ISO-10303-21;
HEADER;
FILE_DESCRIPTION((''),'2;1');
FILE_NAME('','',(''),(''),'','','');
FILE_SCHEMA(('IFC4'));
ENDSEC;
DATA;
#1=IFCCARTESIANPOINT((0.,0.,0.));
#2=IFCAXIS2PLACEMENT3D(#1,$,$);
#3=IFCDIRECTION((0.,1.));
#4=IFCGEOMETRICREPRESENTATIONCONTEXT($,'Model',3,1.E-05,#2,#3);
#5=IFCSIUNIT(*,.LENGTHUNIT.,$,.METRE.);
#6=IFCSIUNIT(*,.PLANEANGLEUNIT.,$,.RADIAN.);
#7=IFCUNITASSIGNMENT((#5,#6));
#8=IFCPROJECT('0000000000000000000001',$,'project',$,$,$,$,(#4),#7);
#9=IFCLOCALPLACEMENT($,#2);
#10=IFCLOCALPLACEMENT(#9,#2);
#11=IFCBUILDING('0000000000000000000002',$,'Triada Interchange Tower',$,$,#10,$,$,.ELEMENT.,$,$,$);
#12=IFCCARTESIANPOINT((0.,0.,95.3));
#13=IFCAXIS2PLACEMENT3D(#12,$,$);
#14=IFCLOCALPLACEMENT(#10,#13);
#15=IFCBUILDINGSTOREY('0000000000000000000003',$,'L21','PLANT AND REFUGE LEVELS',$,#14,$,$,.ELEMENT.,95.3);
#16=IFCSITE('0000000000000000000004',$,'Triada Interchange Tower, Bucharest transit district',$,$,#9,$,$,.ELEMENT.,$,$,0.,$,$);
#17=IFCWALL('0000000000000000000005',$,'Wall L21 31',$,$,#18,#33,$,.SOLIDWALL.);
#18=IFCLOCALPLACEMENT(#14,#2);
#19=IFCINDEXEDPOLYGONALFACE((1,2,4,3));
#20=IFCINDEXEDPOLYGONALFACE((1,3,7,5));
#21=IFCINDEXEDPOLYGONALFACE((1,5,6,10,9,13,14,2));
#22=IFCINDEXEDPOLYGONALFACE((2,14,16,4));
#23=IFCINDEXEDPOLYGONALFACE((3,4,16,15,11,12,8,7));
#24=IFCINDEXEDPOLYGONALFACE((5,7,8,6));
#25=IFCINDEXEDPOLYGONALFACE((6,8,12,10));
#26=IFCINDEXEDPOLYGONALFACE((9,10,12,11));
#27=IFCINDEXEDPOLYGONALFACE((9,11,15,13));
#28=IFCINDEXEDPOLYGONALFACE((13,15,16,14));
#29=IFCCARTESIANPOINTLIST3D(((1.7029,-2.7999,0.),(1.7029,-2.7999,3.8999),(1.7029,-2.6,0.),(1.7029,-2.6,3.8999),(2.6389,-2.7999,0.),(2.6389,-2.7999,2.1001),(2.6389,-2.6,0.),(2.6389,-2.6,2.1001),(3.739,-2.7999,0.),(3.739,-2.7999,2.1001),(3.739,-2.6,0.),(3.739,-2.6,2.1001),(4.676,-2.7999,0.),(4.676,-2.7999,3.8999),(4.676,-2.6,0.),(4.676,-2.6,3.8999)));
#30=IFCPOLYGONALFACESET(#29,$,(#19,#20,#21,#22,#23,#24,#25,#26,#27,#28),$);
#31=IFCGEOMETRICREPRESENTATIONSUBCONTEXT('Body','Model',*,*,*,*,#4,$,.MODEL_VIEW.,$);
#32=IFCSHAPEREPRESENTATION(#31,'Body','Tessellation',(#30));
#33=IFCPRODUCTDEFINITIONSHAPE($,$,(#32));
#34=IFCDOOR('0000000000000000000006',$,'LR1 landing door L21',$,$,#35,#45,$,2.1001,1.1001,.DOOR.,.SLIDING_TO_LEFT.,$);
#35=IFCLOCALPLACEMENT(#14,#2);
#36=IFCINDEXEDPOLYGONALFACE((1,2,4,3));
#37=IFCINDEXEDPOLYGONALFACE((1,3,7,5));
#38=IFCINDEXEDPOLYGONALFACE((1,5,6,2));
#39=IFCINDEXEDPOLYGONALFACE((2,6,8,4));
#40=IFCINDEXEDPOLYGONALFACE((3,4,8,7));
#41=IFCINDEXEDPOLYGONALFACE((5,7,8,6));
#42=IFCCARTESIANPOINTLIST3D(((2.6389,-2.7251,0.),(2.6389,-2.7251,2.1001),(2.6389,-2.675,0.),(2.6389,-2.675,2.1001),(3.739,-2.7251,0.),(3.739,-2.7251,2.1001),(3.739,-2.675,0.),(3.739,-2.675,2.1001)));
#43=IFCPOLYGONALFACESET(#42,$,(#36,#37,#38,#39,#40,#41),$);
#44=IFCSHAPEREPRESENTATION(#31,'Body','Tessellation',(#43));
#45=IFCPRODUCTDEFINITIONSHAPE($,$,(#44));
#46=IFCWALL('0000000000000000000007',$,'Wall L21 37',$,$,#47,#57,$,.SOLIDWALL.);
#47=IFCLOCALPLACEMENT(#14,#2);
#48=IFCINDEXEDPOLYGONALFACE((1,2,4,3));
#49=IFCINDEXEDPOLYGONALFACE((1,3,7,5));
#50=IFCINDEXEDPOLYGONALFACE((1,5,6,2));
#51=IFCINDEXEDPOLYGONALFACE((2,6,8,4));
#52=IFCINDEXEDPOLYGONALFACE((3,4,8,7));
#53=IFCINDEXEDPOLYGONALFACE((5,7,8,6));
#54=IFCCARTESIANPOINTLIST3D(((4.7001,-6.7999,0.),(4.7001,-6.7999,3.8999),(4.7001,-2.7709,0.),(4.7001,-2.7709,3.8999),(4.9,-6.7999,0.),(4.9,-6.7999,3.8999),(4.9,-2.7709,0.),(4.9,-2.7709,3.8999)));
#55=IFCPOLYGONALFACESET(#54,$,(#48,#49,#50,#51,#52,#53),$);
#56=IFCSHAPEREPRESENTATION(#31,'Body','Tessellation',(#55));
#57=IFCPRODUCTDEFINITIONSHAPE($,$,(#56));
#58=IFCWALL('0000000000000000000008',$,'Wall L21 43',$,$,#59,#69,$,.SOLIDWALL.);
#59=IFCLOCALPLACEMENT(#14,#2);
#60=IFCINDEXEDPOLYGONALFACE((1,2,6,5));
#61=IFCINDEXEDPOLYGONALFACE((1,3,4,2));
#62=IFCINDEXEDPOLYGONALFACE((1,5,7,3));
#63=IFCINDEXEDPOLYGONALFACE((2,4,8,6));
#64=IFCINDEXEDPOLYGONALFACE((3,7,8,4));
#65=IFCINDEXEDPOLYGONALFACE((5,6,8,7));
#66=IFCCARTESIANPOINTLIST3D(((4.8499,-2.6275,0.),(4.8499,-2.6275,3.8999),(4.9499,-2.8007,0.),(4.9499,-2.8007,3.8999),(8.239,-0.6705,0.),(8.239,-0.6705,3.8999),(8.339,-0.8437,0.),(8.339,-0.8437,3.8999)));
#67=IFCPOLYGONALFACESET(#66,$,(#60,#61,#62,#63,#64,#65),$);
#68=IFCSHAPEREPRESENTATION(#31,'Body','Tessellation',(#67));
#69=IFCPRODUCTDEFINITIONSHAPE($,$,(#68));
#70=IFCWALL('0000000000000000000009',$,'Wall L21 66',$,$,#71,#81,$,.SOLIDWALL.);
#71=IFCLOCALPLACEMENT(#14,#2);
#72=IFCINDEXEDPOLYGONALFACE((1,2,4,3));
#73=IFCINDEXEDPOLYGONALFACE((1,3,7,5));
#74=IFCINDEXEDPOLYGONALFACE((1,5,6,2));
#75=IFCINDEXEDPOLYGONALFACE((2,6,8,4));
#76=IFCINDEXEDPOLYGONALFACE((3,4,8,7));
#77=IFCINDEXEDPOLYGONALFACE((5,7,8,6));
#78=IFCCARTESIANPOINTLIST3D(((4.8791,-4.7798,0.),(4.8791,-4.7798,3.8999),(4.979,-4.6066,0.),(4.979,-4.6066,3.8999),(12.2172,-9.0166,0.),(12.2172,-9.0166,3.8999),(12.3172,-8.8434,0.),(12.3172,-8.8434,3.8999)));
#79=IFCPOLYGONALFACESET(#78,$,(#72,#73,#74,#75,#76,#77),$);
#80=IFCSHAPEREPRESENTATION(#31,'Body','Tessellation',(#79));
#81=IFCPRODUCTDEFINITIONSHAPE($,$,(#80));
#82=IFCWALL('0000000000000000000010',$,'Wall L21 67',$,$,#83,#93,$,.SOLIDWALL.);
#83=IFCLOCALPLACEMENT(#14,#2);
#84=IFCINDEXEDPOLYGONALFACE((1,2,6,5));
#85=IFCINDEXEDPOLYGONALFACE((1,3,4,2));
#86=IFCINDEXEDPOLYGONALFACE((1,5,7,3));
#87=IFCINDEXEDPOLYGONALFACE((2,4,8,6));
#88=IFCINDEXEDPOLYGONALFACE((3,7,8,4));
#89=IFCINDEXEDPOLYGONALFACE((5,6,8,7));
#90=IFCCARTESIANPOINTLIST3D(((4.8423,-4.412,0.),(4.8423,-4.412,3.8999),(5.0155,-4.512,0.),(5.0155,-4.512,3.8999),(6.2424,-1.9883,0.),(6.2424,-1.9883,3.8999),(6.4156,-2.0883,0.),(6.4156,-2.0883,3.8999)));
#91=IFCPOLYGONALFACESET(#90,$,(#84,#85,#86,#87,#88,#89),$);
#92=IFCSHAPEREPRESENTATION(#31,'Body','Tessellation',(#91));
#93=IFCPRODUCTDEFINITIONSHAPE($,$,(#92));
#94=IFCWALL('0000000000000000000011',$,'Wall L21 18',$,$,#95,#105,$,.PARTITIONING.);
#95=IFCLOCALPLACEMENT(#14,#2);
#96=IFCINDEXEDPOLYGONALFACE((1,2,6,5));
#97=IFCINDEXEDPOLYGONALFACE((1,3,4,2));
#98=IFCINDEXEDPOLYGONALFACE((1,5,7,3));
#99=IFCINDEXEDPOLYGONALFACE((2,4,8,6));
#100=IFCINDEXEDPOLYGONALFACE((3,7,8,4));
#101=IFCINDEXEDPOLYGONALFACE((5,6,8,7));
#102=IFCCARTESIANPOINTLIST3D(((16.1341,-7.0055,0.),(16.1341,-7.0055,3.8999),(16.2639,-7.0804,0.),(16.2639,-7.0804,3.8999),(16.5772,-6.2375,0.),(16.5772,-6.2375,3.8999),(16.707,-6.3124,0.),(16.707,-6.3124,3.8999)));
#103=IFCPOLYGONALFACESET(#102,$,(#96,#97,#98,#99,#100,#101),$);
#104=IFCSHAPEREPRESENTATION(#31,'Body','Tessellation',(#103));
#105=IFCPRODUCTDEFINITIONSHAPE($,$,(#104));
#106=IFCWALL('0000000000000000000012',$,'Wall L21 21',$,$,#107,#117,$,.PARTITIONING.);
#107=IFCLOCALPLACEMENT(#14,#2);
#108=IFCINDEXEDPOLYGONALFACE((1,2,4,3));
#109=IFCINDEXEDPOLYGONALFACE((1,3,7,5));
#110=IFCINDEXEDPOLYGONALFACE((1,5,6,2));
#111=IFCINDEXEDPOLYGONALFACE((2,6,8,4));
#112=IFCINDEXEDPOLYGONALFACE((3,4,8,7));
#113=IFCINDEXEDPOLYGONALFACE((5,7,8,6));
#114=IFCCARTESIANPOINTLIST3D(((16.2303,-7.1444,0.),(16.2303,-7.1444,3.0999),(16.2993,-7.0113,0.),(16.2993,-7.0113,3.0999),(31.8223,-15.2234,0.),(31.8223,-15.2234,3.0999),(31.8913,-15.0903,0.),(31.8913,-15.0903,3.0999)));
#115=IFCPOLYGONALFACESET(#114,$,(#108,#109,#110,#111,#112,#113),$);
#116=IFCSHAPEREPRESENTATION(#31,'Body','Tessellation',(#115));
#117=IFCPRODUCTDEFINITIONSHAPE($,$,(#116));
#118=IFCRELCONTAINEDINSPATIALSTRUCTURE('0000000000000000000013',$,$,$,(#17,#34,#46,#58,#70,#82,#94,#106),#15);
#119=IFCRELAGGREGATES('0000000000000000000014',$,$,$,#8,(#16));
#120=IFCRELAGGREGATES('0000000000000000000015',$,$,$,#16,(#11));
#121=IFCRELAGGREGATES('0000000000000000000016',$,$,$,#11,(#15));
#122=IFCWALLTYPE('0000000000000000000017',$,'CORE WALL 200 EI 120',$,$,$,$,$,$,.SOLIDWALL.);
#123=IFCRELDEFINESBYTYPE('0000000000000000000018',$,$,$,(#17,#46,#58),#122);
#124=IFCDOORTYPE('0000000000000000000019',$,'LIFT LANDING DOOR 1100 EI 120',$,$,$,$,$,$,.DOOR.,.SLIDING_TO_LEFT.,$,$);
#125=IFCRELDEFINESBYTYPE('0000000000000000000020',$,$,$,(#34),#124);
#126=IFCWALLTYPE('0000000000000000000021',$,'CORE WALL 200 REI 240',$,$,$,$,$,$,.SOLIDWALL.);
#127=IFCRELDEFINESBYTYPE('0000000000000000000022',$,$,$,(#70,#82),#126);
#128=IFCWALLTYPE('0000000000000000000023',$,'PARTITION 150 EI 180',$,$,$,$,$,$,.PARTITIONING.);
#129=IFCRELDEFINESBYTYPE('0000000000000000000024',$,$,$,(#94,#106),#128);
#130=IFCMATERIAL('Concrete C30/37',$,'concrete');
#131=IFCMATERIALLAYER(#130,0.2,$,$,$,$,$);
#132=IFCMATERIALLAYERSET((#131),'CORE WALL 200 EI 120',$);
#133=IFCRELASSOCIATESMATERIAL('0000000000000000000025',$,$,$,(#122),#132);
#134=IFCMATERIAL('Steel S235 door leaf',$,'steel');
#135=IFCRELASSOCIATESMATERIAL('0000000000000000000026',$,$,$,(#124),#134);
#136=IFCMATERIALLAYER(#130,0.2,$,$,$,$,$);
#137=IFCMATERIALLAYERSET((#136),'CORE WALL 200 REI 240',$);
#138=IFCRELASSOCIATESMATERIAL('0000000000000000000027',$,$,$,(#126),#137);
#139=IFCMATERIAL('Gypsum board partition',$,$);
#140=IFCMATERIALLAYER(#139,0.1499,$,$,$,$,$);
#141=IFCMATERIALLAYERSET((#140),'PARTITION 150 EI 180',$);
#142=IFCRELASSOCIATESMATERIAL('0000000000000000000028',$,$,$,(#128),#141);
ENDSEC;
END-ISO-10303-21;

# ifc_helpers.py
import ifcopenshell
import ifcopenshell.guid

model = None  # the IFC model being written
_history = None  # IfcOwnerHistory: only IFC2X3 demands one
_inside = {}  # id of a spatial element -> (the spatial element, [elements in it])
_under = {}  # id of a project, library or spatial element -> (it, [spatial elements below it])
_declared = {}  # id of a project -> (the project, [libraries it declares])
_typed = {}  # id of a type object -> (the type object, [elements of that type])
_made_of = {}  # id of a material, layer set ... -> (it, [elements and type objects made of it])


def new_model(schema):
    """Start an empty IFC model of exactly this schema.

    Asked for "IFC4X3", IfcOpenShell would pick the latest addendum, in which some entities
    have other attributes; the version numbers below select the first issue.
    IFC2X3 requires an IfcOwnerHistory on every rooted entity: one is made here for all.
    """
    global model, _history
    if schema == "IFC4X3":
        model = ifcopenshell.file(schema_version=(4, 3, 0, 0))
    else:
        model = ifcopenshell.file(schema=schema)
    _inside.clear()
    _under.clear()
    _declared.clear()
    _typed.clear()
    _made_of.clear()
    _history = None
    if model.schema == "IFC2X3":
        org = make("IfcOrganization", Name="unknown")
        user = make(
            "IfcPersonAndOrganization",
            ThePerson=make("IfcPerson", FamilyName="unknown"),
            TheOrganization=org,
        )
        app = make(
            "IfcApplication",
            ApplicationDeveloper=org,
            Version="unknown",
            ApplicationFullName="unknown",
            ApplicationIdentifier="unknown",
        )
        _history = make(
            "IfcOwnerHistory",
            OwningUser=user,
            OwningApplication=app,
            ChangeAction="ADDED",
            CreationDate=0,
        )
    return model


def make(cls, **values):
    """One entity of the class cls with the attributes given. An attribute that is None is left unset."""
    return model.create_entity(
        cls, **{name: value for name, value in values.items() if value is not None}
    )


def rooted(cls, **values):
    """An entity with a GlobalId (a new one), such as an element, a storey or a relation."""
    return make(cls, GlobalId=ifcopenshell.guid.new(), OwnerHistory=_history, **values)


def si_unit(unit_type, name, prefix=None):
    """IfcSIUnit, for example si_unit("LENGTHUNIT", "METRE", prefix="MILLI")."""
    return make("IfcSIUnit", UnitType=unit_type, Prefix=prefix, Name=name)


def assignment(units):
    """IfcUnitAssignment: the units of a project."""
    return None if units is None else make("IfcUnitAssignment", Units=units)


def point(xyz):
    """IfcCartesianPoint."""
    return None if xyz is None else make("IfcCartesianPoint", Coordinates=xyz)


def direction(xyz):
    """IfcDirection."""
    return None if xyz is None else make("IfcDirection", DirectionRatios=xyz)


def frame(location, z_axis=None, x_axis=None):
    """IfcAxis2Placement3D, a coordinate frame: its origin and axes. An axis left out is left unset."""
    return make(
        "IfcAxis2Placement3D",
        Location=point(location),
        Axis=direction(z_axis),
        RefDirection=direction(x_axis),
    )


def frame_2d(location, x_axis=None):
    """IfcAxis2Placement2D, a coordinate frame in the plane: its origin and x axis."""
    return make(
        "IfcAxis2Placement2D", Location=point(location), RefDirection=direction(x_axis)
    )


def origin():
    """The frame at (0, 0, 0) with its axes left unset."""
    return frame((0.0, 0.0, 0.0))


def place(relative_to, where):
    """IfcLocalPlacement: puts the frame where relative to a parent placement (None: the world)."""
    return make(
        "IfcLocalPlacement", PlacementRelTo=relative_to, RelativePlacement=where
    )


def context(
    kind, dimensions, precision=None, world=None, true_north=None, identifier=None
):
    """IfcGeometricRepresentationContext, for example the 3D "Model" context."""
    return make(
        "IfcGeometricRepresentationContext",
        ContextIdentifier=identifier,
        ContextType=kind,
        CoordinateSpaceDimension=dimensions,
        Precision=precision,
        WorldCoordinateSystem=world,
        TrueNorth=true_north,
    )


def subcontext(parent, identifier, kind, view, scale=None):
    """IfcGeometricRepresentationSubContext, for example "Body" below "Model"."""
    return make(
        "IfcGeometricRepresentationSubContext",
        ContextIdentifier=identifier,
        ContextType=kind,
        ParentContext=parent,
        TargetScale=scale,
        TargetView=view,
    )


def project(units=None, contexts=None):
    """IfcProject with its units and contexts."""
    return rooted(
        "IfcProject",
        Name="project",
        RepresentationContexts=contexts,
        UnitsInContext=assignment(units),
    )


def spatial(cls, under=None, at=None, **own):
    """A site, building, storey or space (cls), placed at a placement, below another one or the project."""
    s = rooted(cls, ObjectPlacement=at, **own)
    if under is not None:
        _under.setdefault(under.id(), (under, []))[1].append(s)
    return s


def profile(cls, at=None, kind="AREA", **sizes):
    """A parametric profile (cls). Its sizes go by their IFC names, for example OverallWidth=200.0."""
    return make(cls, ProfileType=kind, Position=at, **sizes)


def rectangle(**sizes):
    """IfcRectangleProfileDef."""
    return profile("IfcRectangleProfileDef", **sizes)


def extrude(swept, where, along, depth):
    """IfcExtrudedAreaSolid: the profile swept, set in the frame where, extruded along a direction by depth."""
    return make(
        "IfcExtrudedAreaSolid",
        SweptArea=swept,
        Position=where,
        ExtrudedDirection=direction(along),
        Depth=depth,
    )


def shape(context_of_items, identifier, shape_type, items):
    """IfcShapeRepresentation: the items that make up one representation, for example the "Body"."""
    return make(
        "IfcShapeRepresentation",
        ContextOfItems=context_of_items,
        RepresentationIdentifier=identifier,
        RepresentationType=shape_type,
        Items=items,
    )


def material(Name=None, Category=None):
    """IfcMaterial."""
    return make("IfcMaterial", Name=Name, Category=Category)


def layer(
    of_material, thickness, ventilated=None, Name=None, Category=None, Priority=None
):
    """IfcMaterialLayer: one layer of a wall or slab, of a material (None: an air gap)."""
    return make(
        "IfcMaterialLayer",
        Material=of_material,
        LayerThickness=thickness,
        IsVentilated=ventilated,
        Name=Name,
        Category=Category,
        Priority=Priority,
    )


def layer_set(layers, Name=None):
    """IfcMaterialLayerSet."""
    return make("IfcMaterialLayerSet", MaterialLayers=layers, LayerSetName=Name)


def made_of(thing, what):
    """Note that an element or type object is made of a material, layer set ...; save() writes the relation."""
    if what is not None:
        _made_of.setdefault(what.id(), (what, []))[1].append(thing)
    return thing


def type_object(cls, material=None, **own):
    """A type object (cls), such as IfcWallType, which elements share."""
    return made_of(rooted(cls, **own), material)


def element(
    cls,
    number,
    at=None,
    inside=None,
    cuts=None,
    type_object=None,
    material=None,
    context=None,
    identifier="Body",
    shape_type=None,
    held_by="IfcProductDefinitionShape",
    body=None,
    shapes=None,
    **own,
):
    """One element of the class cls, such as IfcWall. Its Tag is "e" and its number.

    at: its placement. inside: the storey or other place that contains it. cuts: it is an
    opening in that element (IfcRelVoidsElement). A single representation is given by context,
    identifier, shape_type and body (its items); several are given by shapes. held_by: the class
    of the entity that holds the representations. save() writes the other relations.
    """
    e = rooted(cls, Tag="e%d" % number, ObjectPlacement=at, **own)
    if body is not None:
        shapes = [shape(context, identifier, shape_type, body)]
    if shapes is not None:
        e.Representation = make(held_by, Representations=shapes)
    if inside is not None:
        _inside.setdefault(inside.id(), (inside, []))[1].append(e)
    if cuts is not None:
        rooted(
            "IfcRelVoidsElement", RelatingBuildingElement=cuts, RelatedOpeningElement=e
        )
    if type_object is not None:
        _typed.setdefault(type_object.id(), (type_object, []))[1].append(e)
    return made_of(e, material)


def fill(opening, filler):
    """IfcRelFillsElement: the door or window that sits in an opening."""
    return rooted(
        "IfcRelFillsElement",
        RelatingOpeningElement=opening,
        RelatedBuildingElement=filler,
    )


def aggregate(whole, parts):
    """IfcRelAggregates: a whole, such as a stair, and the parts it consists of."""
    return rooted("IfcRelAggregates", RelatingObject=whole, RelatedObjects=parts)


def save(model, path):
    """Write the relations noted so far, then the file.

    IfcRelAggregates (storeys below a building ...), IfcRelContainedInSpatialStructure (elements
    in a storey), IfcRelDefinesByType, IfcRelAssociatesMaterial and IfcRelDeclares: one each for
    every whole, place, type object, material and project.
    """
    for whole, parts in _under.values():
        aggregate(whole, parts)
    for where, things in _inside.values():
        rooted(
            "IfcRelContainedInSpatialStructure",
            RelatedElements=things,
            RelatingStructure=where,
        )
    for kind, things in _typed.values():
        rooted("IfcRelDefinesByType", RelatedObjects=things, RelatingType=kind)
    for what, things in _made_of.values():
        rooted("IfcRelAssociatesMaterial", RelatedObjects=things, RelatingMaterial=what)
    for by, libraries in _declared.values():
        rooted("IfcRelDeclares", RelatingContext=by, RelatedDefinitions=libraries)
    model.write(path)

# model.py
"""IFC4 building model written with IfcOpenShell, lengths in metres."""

from ifc_helpers import new_model, si_unit, direction, frame, frame_2d, origin, place, context, subcontext, project, spatial, rectangle, extrude, material, layer, layer_set, type_object, element, fill, save


model = new_model("IFC4")

# Units and contexts
model_context = context("Model", 3, precision=1e-05, world=origin(), true_north=direction((0.0, 1.0)))
body_context = subcontext(model_context, "Body", "Model", "MODEL_VIEW")
ifc_project = project(units=[si_unit("LENGTHUNIT", "METRE"), si_unit("PLANEANGLEUNIT", "RADIAN")], contexts=[model_context])

# Site, building, storey
site_placement = place(None, origin())
site = spatial("IfcSite", under=ifc_project, at=site_placement, Name="Triada Interchange Tower, Bucharest transit district", CompositionType="ELEMENT", RefElevation=0.0)
building_placement = place(site_placement, origin())
building = spatial("IfcBuilding", under=site, at=building_placement, Name="Triada Interchange Tower", CompositionType="ELEMENT")
storey_placement = place(building_placement, frame((0.0, 0.0, 95.3)))
storey = spatial("IfcBuildingStorey", under=building, at=storey_placement, Name="L21", Description="PLANT AND REFUGE LEVELS", CompositionType="ELEMENT", Elevation=95.3)

# Shared definitions
ifc_material_1 = material(Name="Concrete C30/37", Category="concrete")
ifc_layer_1 = layer(ifc_material_1, 0.2)
ifc_layer_set_1 = layer_set([ifc_layer_1], Name="CORE WALL 200 EI 120")
wall_type_1 = type_object("IfcWallType", Name="CORE WALL 200 EI 120", PredefinedType="SOLIDWALL", material=ifc_layer_set_1)

# Wall, opening, door
wall_1_placement = place(storey_placement, frame((1.7029, -2.7, 0.0), z_axis=(0.0, 0.0, 1.0), x_axis=(1.0, 0.0, 0.0)))
wall_1 = element("IfcWall", 1, at=wall_1_placement, inside=storey, type_object=wall_type_1, Name="Wall L21 31", PredefinedType="SOLIDWALL", context=body_context, shape_type="SweptSolid", body=[
    extrude(rectangle(XDim=2.9731, YDim=0.2, at=frame_2d((1.4866, 0.0))), origin(), (0.0, 0.0, 1.0), 3.8999),
])
opening_1_placement = place(wall_1_placement, frame((0.936, 0.0, 0.0)))
opening_1 = element("IfcOpeningElement", 2, at=opening_1_placement, cuts=wall_1, PredefinedType="OPENING", context=body_context, shape_type="SweptSolid", body=[
    extrude(rectangle(XDim=1.1001, YDim=2.1001, at=frame_2d((0.55, 1.05))), frame((0.0, 0.1099, 0.0), z_axis=(0.0, -1.0, 0.0), x_axis=(1.0, 0.0, 0.0)), (0.0, 0.0, 1.0), 0.22),
])
ifc_material_2 = material(Name="Steel S235 door leaf", Category="steel")
door_type_1 = type_object("IfcDoorType", Name="LIFT LANDING DOOR 1100 EI 120", OperationType="SLIDING_TO_LEFT", PredefinedType="DOOR", material=ifc_material_2)
door_1_placement = place(opening_1_placement, origin())
door_1 = element("IfcDoor", 3, at=door_1_placement, inside=storey, type_object=door_type_1, Name="LR1 landing door L21", OperationType="SLIDING_TO_LEFT", OverallHeight=2.1001, OverallWidth=1.1001, PredefinedType="DOOR", context=body_context, shape_type="SweptSolid", body=[
    extrude(rectangle(XDim=1.1001, YDim=2.1001, at=frame_2d((0.55, 1.05))), frame((0.0, 0.0249, 0.0), z_axis=(0.0, -1.0, 0.0), x_axis=(1.0, 0.0, 0.0)), (0.0, 0.0, 1.0), 0.05),
])
fill(opening_1, door_1)

# Walls
wall_2_placement = place(storey_placement, frame((4.8, -6.8, 0.0), z_axis=(0.0, 0.0, 1.0), x_axis=(0.0, 1.0, 0.0)))
element("IfcWall", 4, at=wall_2_placement, inside=storey, type_object=wall_type_1, Name="Wall L21 37", PredefinedType="SOLIDWALL", context=body_context, shape_type="SweptSolid", body=[
    extrude(rectangle(XDim=4.0291, YDim=0.2, at=frame_2d((2.0146, 0.0))), origin(), (0.0, 0.0, 1.0), 3.8999),
])
wall_3_placement = place(storey_placement, frame((4.8999, -2.7141, 0.0), z_axis=(0.0, 0.0, 1.0), x_axis=(0.865992, 0.500057, 0.0)))
element("IfcWall", 5, at=wall_3_placement, inside=storey, type_object=wall_type_1, Name="Wall L21 43", PredefinedType="SOLIDWALL", context=body_context, shape_type="SweptSolid", body=[
    extrude(rectangle(XDim=3.9136, YDim=0.2, at=frame_2d((1.9568, 0.0))), origin(), (0.0, 0.0, 1.0), 3.8999),
])
ifc_layer_2 = layer(ifc_material_1, 0.2)
ifc_layer_set_2 = layer_set([ifc_layer_2], Name="CORE WALL 200 REI 240")
wall_type_2 = type_object("IfcWallType", Name="CORE WALL 200 REI 240", PredefinedType="SOLIDWALL", material=ifc_layer_set_2)
wall_4_placement = place(storey_placement, frame((4.929, -4.6931, 0.0), z_axis=(0.0, 0.0, 1.0), x_axis=(0.866018, -0.500013, 0.0)))
element("IfcWall", 6, at=wall_4_placement, inside=storey, type_object=wall_type_2, Name="Wall L21 66", PredefinedType="SOLIDWALL", context=body_context, shape_type="SweptSolid", body=[
    extrude(rectangle(XDim=8.4734, YDim=0.2, at=frame_2d((4.2368, 0.0))), origin(), (0.0, 0.0, 1.0), 3.8999),
])
wall_5_placement = place(storey_placement, frame((4.929, -4.4619, 0.0), z_axis=(0.0, 0.0, 1.0), x_axis=(0.500201, 0.86591, 0.0)))
element("IfcWall", 7, at=wall_5_placement, inside=storey, type_object=wall_type_2, Name="Wall L21 67", PredefinedType="SOLIDWALL", context=body_context, shape_type="SweptSolid", body=[
    extrude(rectangle(XDim=2.7991, YDim=0.2, at=frame_2d((1.3994, 0.0))), origin(), (0.0, 0.0, 1.0), 3.8999),
])

# Walls
ifc_material_3 = material(Name="Gypsum board partition")
ifc_layer_3 = layer(ifc_material_3, 0.1499)
ifc_layer_set_3 = layer_set([ifc_layer_3], Name="PARTITION 150 EI 180")
wall_type_3 = type_object("IfcWallType", Name="PARTITION 150 EI 180", PredefinedType="PARTITIONING", material=ifc_layer_set_3)
wall_6_placement = place(storey_placement, frame((16.199, -7.043, 0.0), z_axis=(0.0, 0.0, 1.0), x_axis=(0.499722, 0.866186, 0.0)))
element("IfcWall", 8, at=wall_6_placement, inside=storey, type_object=wall_type_3, Name="Wall L21 18", PredefinedType="PARTITIONING", context=body_context, shape_type="SweptSolid", body=[
    extrude(rectangle(XDim=0.8867, YDim=0.1499, at=frame_2d((0.4434, 0.0))), origin(), (0.0, 0.0, 1.0), 3.8999),
])
wall_7_placement = place(storey_placement, frame((16.2649, -7.0779, 0.0), z_axis=(0.0, 0.0, 1.0), x_axis=(0.887886, -0.460063, 0.0)))
element("IfcWall", 9, at=wall_7_placement, inside=storey, type_object=wall_type_3, Name="Wall L21 21", PredefinedType="PARTITIONING", context=body_context, shape_type="SweptSolid", body=[
    extrude(rectangle(XDim=17.5608, YDim=0.1499, at=frame_2d((8.7803, 0.0))), origin(), (0.0, 0.0, 1.0), 3.0999),
])

save(model, "model.ifc")
